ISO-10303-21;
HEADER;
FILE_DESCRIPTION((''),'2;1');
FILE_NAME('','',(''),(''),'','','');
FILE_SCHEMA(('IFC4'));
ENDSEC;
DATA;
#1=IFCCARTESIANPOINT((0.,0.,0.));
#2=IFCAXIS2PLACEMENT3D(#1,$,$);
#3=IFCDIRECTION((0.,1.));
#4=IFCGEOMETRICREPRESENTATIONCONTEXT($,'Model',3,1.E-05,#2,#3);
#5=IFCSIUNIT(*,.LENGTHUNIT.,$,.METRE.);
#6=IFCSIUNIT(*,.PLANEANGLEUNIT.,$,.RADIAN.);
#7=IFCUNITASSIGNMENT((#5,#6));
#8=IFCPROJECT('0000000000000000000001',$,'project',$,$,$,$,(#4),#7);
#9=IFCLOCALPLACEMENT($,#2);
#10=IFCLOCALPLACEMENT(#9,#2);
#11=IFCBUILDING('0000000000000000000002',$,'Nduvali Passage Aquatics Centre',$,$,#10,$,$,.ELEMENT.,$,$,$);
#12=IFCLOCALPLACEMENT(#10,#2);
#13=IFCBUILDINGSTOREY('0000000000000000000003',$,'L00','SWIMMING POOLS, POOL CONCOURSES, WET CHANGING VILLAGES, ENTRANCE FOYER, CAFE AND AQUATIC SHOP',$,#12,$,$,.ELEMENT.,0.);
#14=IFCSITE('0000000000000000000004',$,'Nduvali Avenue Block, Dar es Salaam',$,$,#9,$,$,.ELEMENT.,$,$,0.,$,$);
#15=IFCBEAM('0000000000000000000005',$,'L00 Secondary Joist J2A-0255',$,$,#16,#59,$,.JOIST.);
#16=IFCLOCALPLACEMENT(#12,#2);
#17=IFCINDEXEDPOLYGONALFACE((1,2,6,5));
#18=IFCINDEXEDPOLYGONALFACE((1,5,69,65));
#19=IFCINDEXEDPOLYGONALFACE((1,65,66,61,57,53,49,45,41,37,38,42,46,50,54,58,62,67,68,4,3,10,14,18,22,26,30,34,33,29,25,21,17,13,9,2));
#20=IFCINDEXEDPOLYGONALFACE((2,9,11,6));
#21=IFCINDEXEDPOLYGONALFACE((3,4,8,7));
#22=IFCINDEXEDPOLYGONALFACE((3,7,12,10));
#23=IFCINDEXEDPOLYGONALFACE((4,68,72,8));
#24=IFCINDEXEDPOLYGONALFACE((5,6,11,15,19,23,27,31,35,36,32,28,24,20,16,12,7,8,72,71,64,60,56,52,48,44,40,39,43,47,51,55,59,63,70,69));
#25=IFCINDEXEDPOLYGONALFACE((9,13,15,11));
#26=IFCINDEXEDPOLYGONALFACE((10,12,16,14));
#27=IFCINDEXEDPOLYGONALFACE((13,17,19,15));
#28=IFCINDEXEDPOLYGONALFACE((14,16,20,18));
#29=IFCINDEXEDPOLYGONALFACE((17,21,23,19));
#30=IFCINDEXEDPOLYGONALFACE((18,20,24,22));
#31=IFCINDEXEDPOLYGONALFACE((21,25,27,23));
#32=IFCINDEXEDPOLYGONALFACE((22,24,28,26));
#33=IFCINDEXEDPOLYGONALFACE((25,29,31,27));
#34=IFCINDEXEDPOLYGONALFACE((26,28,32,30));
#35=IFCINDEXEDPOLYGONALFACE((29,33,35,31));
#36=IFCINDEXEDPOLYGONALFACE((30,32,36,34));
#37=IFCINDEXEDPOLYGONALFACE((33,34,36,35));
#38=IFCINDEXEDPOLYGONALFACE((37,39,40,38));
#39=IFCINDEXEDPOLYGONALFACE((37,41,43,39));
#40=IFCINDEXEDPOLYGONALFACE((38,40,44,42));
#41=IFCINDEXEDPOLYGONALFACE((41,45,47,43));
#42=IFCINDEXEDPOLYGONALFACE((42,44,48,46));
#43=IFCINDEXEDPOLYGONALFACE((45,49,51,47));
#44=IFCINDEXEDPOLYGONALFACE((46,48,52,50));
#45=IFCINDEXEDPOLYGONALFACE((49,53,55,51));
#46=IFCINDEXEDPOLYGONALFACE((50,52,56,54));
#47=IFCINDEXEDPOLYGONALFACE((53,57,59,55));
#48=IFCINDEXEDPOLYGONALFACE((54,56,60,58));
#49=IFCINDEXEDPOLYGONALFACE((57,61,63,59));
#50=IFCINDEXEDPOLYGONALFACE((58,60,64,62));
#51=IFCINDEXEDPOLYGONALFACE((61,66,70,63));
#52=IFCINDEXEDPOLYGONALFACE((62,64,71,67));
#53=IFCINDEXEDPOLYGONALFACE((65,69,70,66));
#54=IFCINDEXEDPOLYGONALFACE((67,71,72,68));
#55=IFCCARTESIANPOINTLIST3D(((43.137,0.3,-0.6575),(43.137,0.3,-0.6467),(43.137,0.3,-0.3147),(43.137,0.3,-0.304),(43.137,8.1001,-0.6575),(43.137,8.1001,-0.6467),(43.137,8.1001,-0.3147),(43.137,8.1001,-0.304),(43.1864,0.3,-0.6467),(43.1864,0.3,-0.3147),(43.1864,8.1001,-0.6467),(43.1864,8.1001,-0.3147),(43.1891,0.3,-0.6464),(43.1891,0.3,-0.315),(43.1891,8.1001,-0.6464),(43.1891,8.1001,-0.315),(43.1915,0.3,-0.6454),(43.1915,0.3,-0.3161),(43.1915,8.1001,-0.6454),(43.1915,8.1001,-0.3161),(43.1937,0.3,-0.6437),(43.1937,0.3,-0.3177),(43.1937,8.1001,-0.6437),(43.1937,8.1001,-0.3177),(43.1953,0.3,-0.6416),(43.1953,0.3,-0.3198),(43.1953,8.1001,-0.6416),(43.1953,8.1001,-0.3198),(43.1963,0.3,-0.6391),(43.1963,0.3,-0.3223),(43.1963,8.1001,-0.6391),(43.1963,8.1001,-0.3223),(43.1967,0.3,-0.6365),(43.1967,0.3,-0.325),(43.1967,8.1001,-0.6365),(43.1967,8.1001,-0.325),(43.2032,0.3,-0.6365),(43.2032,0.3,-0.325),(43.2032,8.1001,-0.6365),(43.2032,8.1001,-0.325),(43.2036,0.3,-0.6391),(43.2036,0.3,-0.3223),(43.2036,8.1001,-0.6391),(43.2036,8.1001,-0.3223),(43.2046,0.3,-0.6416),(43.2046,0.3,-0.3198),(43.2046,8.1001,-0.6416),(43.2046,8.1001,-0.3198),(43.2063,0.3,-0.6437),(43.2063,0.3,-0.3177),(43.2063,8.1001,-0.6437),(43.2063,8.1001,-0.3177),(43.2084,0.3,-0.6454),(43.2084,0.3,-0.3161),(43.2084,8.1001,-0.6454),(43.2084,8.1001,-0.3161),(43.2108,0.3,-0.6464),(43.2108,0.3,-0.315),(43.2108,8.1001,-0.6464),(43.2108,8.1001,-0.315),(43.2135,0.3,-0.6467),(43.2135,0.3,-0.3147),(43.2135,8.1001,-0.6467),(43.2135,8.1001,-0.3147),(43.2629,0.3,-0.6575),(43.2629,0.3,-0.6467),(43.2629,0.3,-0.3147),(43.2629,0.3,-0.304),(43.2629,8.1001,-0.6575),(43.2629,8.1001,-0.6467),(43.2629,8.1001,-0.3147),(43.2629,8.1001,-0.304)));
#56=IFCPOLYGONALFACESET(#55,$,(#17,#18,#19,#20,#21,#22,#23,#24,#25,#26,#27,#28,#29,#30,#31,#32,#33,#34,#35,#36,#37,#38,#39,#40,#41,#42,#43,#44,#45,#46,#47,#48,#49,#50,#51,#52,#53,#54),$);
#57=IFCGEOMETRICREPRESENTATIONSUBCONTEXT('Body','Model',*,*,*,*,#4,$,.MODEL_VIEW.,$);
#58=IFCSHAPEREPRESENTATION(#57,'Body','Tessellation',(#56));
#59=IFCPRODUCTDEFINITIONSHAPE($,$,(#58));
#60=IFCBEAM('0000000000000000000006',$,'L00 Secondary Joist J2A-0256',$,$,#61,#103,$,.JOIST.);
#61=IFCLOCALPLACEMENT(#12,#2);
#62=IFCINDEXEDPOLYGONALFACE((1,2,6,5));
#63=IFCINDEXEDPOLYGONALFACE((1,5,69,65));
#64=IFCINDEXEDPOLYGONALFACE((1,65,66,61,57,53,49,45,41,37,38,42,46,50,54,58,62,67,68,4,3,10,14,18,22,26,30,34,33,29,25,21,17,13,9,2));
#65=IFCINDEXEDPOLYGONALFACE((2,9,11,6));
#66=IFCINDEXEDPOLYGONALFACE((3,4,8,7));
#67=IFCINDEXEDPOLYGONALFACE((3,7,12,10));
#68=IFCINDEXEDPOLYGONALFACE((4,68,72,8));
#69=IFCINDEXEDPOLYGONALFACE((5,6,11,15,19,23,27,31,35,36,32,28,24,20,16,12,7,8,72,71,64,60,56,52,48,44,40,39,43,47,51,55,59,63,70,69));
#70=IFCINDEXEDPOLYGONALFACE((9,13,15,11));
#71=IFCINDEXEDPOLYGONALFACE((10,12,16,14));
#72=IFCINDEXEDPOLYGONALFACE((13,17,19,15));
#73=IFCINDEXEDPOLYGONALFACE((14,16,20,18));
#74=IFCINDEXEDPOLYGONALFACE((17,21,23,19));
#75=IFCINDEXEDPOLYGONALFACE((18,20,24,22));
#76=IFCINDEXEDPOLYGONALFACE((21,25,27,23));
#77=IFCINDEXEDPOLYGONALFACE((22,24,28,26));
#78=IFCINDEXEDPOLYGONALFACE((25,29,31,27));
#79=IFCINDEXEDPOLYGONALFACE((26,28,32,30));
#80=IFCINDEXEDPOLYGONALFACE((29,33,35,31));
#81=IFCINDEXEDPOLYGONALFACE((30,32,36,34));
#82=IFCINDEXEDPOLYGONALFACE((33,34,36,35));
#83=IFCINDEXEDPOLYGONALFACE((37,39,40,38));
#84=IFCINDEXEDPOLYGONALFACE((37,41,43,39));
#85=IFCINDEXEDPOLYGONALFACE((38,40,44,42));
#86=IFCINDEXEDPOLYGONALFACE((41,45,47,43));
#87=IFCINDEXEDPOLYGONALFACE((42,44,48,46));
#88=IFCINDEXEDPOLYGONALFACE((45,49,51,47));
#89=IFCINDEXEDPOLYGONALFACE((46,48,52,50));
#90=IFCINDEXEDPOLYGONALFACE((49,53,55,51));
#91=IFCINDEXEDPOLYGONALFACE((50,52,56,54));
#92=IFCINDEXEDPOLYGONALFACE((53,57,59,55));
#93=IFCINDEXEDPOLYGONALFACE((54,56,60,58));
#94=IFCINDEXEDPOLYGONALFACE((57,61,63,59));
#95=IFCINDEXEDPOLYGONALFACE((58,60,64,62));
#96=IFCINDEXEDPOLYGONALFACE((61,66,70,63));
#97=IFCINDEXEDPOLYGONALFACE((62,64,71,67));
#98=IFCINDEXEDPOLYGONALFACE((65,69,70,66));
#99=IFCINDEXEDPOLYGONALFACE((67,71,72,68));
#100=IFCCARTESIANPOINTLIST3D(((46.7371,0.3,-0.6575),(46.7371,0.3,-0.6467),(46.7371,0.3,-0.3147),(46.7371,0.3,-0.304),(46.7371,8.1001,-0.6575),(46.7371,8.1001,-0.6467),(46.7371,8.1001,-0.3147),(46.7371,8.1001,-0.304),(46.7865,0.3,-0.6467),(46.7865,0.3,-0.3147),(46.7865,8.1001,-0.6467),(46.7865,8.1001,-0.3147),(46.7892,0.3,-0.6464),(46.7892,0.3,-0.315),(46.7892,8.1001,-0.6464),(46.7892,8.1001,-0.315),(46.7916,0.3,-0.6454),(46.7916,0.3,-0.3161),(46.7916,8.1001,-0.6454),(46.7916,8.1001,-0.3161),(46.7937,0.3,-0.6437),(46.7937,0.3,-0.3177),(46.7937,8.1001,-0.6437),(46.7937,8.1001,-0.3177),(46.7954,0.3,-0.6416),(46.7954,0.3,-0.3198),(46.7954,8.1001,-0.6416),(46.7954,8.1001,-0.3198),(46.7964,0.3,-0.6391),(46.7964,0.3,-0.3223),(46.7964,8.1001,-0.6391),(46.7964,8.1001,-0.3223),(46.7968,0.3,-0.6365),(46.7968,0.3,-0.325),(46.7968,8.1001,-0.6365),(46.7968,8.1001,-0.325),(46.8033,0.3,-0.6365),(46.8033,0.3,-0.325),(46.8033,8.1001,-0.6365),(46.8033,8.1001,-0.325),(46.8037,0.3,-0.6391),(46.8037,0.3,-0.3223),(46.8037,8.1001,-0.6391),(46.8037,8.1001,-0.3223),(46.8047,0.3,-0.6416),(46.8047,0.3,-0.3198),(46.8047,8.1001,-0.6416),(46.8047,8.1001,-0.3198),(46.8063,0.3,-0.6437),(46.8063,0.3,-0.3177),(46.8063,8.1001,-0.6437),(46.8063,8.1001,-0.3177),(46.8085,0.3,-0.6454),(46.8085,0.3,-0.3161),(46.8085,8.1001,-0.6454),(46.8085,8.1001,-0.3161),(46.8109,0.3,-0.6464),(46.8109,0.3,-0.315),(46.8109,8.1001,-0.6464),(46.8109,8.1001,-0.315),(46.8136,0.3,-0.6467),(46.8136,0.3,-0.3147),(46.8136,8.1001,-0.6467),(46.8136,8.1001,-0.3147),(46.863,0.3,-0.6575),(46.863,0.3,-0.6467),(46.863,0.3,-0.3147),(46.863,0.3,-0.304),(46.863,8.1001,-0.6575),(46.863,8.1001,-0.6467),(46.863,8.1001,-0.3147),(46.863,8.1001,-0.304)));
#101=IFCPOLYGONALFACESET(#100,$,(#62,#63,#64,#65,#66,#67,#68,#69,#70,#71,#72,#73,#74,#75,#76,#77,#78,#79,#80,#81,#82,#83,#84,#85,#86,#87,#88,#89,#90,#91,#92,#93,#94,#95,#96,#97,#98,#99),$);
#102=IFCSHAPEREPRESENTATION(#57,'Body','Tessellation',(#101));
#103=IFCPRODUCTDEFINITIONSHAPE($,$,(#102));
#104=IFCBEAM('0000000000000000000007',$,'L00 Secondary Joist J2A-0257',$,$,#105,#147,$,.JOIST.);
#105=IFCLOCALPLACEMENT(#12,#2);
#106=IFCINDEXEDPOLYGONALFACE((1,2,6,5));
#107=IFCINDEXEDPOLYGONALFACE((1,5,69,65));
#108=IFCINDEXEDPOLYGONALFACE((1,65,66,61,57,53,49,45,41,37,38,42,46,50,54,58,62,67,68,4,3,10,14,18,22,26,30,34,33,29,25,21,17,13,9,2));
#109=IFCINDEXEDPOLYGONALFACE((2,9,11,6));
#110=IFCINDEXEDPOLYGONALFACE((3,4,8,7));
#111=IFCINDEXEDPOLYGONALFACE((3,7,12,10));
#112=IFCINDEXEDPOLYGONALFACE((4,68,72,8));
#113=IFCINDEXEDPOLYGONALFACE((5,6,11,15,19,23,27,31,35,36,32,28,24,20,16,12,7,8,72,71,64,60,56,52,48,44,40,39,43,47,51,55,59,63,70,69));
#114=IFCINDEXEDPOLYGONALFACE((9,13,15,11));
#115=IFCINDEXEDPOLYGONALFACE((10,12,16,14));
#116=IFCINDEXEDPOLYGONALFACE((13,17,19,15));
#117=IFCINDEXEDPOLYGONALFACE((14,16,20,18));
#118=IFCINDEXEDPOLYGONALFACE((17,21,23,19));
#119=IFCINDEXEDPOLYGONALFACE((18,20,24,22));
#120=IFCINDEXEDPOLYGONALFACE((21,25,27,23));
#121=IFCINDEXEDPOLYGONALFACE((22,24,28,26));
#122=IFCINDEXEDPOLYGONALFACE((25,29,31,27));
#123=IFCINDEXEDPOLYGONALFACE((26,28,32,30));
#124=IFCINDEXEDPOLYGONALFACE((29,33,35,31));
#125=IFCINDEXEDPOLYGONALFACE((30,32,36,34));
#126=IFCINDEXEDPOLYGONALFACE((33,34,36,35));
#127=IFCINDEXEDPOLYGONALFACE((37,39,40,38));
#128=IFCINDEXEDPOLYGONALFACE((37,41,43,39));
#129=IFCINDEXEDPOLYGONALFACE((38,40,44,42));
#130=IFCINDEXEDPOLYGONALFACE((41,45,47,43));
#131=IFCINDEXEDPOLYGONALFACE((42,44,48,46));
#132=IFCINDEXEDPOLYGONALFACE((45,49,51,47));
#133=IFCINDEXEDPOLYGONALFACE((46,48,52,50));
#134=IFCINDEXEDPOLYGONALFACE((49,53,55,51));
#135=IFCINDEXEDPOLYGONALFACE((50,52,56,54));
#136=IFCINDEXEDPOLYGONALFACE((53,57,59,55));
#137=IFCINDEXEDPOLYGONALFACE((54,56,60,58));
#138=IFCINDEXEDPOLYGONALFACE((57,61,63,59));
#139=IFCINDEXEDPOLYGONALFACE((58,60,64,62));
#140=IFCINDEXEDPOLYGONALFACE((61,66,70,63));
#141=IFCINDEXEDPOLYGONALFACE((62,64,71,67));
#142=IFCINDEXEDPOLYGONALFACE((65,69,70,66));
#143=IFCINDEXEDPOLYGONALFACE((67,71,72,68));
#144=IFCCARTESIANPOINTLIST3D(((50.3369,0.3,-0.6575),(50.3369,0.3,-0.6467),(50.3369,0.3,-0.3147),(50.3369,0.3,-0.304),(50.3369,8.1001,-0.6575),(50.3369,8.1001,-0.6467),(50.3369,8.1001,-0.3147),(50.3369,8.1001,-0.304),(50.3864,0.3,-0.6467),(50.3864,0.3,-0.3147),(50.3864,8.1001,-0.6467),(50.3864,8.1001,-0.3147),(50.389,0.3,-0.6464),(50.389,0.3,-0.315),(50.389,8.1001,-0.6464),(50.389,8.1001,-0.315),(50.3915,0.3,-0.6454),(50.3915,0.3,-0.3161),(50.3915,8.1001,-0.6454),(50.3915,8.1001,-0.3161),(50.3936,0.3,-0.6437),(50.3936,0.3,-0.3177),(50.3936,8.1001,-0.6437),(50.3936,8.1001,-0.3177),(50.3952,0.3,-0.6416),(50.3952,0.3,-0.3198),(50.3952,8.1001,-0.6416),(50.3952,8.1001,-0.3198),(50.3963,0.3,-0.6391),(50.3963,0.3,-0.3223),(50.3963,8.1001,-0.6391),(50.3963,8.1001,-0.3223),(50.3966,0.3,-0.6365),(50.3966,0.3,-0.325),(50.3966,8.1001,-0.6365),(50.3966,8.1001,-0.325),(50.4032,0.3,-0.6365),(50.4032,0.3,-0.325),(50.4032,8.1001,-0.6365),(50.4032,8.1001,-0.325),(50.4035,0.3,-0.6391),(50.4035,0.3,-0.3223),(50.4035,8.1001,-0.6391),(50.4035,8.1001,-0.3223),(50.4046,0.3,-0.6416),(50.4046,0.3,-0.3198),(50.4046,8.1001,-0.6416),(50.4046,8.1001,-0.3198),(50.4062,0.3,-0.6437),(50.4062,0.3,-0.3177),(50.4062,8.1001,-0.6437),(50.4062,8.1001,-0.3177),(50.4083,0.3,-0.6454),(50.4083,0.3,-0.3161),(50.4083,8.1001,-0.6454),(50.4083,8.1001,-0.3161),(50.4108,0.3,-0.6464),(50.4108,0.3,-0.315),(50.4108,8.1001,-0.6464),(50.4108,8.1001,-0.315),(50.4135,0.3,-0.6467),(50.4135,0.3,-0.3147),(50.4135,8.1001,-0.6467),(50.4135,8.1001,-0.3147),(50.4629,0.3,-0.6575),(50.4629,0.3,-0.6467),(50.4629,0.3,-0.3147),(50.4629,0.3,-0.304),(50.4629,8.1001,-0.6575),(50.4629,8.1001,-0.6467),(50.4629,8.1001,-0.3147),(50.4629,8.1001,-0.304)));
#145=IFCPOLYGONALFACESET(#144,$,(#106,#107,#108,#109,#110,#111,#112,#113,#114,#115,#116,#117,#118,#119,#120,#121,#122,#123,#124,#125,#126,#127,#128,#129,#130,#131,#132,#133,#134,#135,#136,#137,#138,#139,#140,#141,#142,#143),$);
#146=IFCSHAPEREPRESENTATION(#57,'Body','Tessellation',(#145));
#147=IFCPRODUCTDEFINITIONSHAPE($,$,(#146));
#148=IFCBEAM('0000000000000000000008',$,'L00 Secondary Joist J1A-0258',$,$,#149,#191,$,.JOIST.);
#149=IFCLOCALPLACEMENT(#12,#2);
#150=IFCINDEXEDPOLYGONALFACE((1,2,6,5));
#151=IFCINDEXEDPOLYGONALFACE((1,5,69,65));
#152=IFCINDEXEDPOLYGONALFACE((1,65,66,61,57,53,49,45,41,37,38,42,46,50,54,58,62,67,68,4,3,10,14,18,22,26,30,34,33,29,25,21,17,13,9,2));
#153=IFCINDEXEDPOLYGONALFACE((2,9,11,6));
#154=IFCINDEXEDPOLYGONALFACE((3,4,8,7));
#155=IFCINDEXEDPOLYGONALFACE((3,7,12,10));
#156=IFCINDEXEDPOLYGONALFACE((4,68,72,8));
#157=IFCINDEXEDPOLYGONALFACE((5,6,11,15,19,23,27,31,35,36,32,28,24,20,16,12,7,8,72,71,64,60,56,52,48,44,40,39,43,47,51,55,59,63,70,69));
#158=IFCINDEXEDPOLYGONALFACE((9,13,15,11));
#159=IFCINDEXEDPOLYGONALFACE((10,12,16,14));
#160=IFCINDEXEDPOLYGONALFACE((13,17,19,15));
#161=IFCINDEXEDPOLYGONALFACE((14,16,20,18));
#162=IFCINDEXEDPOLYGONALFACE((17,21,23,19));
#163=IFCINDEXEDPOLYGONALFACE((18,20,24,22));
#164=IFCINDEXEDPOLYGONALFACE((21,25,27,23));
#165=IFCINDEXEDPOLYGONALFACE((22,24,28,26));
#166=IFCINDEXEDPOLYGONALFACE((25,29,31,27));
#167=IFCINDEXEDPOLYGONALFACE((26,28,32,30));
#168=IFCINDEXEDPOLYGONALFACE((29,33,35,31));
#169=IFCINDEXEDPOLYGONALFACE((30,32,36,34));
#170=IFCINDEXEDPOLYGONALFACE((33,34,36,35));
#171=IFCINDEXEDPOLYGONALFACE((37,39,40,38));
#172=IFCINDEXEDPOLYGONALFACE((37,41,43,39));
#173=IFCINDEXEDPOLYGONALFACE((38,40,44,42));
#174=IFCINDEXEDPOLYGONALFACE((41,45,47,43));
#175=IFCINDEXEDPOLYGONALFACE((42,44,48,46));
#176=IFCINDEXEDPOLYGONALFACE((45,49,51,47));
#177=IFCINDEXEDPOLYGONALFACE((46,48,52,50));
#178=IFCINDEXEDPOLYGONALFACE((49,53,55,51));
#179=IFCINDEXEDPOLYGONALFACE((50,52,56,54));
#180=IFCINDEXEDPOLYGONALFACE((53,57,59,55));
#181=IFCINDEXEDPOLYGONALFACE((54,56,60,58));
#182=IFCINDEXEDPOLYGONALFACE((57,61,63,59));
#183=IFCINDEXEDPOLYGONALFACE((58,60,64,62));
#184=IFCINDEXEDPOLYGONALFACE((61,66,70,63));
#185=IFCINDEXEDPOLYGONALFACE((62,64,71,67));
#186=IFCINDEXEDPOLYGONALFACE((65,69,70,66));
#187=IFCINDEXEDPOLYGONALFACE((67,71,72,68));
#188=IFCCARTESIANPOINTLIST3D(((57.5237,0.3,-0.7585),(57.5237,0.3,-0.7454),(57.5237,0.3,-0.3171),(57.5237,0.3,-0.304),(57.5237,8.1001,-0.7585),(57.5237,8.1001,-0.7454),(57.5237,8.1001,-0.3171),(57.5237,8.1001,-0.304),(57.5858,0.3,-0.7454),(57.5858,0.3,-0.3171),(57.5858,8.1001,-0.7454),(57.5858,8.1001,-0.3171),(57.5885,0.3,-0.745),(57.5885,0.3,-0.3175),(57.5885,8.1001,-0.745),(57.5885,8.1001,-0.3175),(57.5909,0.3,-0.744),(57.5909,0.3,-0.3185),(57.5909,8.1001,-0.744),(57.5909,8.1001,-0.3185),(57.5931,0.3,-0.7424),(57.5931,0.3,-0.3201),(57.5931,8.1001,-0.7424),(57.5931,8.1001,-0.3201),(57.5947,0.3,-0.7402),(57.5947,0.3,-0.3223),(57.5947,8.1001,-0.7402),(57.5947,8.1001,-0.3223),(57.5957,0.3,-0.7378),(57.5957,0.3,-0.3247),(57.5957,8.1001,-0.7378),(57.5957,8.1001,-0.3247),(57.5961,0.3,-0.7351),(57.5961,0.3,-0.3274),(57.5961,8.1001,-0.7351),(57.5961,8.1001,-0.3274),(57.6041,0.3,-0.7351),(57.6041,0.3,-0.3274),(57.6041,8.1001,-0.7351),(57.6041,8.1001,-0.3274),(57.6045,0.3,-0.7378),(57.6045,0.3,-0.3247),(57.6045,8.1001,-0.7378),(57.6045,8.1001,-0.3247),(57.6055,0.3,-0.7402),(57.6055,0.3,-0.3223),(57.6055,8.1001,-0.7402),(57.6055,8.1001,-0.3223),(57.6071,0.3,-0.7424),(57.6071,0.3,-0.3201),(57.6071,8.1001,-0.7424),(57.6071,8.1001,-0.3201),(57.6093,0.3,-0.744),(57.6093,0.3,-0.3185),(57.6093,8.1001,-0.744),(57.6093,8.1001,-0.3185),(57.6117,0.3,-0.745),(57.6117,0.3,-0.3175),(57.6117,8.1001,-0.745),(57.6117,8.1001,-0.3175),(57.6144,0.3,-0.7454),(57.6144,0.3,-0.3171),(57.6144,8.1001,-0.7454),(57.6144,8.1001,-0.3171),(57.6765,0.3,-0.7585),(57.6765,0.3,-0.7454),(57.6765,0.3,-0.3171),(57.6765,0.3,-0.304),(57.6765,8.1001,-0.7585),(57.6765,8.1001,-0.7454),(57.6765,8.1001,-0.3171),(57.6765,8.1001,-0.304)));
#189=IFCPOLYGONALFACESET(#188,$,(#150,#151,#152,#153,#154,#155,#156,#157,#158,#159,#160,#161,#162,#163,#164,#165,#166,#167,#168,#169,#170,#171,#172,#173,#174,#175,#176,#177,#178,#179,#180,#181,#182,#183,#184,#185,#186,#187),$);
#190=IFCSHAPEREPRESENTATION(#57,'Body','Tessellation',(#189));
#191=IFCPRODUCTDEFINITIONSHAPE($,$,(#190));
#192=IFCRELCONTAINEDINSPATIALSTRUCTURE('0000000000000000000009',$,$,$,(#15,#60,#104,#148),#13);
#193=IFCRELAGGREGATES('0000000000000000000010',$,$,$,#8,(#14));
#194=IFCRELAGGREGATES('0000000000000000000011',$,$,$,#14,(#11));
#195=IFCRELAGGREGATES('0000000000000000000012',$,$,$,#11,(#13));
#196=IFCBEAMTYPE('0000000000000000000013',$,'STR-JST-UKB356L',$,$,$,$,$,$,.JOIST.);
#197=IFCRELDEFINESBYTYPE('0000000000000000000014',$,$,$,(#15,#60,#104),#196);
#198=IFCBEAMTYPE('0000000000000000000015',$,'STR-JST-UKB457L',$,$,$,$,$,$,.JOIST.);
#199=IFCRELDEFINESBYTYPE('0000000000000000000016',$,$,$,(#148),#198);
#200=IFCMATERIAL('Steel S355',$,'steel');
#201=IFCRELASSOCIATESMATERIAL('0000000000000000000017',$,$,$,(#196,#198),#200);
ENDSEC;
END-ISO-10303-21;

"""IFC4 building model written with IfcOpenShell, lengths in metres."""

from ifc_helpers import new_model, si_unit, direction, frame, origin, origin_2d, place, context, subcontext, project, spatial, i_section, extrude, material, material_profile, profile_set, type_object, element, save


model = new_model("IFC4")

# Units and contexts
model_context = context("Model", 3, precision=1e-05, world=origin(), true_north=direction((0.0, 1.0)))
body_context = subcontext(model_context, "Body", "Model", "MODEL_VIEW")
ifc_project = project(units=[si_unit("LENGTHUNIT", "METRE"), si_unit("PLANEANGLEUNIT", "RADIAN")], contexts=[model_context])

# Site, building, storey
site_placement = place(None, origin())
site = spatial("IfcSite", under=ifc_project, at=site_placement, Name="Nduvali Avenue Block, Dar es Salaam", CompositionType="ELEMENT", RefElevation=0.0)
building_placement = place(site_placement, origin())
building = spatial("IfcBuilding", under=site, at=building_placement, Name="Nduvali Passage Aquatics Centre", CompositionType="ELEMENT")
storey_placement = place(building_placement, origin())
storey = spatial("IfcBuildingStorey", under=building, at=storey_placement, Name="L00", Description="SWIMMING POOLS, POOL CONCOURSES, WET CHANGING VILLAGES, ENTRANCE FOYER, CAFE AND AQUATIC SHOP", CompositionType="ELEMENT", Elevation=0.0)

# Beams
ifc_material_1 = material(Name="Steel S355", Category="steel")
ifc_material_profile_1 = material_profile(ifc_material_1, i_section(OverallWidth=0.126, OverallDepth=0.3535, WebThickness=0.0066, FlangeThickness=0.0107, FilletRadius=0.0103, at=origin_2d()), Name="UKB 356x127x39")
ifc_profile_set_1 = profile_set([ifc_material_profile_1], Name="Steel S355")
beam_type_1 = type_object("IfcBeamType", Name="STR-JST-UKB356L", PredefinedType="JOIST", material=ifc_profile_set_1)
for number, where, z_axis, x_axis, name in (
    (1, (43.2, 0.3, -0.4807), (0.0, 1.0, 0.0), (-1.0, 0.0, 0.0), "L00 Secondary Joist J2A-0255"),
    (2, (46.8, 0.3, -0.4807), (0.0, 1.0, 0.0), (-1.0, 0.0, 0.0), "L00 Secondary Joist J2A-0256"),
    (3, (50.3999, 0.3, -0.4807), (0.0, 1.0, 0.0), (-1.0, 0.0, 0.0), "L00 Secondary Joist J2A-0257"),
):
    element("IfcBeam", number, at=place(storey_placement, frame(where, z_axis=z_axis, x_axis=x_axis)), inside=storey, type_object=beam_type_1, Name=name, PredefinedType="JOIST", context=body_context, shape_type="SweptSolid", body=[
        extrude(i_section(OverallWidth=0.126, OverallDepth=0.3535, WebThickness=0.0066, FlangeThickness=0.0107, FilletRadius=0.0103, at=origin_2d()), origin(), (0.0, 0.0, 1.0), 7.8),
    ])
ifc_material_profile_2 = material_profile(ifc_material_1, i_section(OverallWidth=0.1528, OverallDepth=0.4546, WebThickness=0.0081, FlangeThickness=0.0132, FilletRadius=0.0103, at=origin_2d()), Name="UKB 457x152x60")
ifc_profile_set_2 = profile_set([ifc_material_profile_2], Name="Steel S355")
beam_type_2 = type_object("IfcBeamType", Name="STR-JST-UKB457L", PredefinedType="JOIST", material=ifc_profile_set_2)
for number, where, z_axis, x_axis, name in (
    (4, (57.6001, 0.3, -0.5312), (0.0, 1.0, 0.0), (-1.0, 0.0, 0.0), "L00 Secondary Joist J1A-0258"),
):
    element("IfcBeam", number, at=place(storey_placement, frame(where, z_axis=z_axis, x_axis=x_axis)), inside=storey, type_object=beam_type_2, Name=name, PredefinedType="JOIST", context=body_context, shape_type="SweptSolid", body=[
        extrude(i_section(OverallWidth=0.1528, OverallDepth=0.4546, WebThickness=0.0081, FlangeThickness=0.0132, FilletRadius=0.0103, at=origin_2d()), origin(), (0.0, 0.0, 1.0), 7.8),
    ])

save(model, "model.ifc")
